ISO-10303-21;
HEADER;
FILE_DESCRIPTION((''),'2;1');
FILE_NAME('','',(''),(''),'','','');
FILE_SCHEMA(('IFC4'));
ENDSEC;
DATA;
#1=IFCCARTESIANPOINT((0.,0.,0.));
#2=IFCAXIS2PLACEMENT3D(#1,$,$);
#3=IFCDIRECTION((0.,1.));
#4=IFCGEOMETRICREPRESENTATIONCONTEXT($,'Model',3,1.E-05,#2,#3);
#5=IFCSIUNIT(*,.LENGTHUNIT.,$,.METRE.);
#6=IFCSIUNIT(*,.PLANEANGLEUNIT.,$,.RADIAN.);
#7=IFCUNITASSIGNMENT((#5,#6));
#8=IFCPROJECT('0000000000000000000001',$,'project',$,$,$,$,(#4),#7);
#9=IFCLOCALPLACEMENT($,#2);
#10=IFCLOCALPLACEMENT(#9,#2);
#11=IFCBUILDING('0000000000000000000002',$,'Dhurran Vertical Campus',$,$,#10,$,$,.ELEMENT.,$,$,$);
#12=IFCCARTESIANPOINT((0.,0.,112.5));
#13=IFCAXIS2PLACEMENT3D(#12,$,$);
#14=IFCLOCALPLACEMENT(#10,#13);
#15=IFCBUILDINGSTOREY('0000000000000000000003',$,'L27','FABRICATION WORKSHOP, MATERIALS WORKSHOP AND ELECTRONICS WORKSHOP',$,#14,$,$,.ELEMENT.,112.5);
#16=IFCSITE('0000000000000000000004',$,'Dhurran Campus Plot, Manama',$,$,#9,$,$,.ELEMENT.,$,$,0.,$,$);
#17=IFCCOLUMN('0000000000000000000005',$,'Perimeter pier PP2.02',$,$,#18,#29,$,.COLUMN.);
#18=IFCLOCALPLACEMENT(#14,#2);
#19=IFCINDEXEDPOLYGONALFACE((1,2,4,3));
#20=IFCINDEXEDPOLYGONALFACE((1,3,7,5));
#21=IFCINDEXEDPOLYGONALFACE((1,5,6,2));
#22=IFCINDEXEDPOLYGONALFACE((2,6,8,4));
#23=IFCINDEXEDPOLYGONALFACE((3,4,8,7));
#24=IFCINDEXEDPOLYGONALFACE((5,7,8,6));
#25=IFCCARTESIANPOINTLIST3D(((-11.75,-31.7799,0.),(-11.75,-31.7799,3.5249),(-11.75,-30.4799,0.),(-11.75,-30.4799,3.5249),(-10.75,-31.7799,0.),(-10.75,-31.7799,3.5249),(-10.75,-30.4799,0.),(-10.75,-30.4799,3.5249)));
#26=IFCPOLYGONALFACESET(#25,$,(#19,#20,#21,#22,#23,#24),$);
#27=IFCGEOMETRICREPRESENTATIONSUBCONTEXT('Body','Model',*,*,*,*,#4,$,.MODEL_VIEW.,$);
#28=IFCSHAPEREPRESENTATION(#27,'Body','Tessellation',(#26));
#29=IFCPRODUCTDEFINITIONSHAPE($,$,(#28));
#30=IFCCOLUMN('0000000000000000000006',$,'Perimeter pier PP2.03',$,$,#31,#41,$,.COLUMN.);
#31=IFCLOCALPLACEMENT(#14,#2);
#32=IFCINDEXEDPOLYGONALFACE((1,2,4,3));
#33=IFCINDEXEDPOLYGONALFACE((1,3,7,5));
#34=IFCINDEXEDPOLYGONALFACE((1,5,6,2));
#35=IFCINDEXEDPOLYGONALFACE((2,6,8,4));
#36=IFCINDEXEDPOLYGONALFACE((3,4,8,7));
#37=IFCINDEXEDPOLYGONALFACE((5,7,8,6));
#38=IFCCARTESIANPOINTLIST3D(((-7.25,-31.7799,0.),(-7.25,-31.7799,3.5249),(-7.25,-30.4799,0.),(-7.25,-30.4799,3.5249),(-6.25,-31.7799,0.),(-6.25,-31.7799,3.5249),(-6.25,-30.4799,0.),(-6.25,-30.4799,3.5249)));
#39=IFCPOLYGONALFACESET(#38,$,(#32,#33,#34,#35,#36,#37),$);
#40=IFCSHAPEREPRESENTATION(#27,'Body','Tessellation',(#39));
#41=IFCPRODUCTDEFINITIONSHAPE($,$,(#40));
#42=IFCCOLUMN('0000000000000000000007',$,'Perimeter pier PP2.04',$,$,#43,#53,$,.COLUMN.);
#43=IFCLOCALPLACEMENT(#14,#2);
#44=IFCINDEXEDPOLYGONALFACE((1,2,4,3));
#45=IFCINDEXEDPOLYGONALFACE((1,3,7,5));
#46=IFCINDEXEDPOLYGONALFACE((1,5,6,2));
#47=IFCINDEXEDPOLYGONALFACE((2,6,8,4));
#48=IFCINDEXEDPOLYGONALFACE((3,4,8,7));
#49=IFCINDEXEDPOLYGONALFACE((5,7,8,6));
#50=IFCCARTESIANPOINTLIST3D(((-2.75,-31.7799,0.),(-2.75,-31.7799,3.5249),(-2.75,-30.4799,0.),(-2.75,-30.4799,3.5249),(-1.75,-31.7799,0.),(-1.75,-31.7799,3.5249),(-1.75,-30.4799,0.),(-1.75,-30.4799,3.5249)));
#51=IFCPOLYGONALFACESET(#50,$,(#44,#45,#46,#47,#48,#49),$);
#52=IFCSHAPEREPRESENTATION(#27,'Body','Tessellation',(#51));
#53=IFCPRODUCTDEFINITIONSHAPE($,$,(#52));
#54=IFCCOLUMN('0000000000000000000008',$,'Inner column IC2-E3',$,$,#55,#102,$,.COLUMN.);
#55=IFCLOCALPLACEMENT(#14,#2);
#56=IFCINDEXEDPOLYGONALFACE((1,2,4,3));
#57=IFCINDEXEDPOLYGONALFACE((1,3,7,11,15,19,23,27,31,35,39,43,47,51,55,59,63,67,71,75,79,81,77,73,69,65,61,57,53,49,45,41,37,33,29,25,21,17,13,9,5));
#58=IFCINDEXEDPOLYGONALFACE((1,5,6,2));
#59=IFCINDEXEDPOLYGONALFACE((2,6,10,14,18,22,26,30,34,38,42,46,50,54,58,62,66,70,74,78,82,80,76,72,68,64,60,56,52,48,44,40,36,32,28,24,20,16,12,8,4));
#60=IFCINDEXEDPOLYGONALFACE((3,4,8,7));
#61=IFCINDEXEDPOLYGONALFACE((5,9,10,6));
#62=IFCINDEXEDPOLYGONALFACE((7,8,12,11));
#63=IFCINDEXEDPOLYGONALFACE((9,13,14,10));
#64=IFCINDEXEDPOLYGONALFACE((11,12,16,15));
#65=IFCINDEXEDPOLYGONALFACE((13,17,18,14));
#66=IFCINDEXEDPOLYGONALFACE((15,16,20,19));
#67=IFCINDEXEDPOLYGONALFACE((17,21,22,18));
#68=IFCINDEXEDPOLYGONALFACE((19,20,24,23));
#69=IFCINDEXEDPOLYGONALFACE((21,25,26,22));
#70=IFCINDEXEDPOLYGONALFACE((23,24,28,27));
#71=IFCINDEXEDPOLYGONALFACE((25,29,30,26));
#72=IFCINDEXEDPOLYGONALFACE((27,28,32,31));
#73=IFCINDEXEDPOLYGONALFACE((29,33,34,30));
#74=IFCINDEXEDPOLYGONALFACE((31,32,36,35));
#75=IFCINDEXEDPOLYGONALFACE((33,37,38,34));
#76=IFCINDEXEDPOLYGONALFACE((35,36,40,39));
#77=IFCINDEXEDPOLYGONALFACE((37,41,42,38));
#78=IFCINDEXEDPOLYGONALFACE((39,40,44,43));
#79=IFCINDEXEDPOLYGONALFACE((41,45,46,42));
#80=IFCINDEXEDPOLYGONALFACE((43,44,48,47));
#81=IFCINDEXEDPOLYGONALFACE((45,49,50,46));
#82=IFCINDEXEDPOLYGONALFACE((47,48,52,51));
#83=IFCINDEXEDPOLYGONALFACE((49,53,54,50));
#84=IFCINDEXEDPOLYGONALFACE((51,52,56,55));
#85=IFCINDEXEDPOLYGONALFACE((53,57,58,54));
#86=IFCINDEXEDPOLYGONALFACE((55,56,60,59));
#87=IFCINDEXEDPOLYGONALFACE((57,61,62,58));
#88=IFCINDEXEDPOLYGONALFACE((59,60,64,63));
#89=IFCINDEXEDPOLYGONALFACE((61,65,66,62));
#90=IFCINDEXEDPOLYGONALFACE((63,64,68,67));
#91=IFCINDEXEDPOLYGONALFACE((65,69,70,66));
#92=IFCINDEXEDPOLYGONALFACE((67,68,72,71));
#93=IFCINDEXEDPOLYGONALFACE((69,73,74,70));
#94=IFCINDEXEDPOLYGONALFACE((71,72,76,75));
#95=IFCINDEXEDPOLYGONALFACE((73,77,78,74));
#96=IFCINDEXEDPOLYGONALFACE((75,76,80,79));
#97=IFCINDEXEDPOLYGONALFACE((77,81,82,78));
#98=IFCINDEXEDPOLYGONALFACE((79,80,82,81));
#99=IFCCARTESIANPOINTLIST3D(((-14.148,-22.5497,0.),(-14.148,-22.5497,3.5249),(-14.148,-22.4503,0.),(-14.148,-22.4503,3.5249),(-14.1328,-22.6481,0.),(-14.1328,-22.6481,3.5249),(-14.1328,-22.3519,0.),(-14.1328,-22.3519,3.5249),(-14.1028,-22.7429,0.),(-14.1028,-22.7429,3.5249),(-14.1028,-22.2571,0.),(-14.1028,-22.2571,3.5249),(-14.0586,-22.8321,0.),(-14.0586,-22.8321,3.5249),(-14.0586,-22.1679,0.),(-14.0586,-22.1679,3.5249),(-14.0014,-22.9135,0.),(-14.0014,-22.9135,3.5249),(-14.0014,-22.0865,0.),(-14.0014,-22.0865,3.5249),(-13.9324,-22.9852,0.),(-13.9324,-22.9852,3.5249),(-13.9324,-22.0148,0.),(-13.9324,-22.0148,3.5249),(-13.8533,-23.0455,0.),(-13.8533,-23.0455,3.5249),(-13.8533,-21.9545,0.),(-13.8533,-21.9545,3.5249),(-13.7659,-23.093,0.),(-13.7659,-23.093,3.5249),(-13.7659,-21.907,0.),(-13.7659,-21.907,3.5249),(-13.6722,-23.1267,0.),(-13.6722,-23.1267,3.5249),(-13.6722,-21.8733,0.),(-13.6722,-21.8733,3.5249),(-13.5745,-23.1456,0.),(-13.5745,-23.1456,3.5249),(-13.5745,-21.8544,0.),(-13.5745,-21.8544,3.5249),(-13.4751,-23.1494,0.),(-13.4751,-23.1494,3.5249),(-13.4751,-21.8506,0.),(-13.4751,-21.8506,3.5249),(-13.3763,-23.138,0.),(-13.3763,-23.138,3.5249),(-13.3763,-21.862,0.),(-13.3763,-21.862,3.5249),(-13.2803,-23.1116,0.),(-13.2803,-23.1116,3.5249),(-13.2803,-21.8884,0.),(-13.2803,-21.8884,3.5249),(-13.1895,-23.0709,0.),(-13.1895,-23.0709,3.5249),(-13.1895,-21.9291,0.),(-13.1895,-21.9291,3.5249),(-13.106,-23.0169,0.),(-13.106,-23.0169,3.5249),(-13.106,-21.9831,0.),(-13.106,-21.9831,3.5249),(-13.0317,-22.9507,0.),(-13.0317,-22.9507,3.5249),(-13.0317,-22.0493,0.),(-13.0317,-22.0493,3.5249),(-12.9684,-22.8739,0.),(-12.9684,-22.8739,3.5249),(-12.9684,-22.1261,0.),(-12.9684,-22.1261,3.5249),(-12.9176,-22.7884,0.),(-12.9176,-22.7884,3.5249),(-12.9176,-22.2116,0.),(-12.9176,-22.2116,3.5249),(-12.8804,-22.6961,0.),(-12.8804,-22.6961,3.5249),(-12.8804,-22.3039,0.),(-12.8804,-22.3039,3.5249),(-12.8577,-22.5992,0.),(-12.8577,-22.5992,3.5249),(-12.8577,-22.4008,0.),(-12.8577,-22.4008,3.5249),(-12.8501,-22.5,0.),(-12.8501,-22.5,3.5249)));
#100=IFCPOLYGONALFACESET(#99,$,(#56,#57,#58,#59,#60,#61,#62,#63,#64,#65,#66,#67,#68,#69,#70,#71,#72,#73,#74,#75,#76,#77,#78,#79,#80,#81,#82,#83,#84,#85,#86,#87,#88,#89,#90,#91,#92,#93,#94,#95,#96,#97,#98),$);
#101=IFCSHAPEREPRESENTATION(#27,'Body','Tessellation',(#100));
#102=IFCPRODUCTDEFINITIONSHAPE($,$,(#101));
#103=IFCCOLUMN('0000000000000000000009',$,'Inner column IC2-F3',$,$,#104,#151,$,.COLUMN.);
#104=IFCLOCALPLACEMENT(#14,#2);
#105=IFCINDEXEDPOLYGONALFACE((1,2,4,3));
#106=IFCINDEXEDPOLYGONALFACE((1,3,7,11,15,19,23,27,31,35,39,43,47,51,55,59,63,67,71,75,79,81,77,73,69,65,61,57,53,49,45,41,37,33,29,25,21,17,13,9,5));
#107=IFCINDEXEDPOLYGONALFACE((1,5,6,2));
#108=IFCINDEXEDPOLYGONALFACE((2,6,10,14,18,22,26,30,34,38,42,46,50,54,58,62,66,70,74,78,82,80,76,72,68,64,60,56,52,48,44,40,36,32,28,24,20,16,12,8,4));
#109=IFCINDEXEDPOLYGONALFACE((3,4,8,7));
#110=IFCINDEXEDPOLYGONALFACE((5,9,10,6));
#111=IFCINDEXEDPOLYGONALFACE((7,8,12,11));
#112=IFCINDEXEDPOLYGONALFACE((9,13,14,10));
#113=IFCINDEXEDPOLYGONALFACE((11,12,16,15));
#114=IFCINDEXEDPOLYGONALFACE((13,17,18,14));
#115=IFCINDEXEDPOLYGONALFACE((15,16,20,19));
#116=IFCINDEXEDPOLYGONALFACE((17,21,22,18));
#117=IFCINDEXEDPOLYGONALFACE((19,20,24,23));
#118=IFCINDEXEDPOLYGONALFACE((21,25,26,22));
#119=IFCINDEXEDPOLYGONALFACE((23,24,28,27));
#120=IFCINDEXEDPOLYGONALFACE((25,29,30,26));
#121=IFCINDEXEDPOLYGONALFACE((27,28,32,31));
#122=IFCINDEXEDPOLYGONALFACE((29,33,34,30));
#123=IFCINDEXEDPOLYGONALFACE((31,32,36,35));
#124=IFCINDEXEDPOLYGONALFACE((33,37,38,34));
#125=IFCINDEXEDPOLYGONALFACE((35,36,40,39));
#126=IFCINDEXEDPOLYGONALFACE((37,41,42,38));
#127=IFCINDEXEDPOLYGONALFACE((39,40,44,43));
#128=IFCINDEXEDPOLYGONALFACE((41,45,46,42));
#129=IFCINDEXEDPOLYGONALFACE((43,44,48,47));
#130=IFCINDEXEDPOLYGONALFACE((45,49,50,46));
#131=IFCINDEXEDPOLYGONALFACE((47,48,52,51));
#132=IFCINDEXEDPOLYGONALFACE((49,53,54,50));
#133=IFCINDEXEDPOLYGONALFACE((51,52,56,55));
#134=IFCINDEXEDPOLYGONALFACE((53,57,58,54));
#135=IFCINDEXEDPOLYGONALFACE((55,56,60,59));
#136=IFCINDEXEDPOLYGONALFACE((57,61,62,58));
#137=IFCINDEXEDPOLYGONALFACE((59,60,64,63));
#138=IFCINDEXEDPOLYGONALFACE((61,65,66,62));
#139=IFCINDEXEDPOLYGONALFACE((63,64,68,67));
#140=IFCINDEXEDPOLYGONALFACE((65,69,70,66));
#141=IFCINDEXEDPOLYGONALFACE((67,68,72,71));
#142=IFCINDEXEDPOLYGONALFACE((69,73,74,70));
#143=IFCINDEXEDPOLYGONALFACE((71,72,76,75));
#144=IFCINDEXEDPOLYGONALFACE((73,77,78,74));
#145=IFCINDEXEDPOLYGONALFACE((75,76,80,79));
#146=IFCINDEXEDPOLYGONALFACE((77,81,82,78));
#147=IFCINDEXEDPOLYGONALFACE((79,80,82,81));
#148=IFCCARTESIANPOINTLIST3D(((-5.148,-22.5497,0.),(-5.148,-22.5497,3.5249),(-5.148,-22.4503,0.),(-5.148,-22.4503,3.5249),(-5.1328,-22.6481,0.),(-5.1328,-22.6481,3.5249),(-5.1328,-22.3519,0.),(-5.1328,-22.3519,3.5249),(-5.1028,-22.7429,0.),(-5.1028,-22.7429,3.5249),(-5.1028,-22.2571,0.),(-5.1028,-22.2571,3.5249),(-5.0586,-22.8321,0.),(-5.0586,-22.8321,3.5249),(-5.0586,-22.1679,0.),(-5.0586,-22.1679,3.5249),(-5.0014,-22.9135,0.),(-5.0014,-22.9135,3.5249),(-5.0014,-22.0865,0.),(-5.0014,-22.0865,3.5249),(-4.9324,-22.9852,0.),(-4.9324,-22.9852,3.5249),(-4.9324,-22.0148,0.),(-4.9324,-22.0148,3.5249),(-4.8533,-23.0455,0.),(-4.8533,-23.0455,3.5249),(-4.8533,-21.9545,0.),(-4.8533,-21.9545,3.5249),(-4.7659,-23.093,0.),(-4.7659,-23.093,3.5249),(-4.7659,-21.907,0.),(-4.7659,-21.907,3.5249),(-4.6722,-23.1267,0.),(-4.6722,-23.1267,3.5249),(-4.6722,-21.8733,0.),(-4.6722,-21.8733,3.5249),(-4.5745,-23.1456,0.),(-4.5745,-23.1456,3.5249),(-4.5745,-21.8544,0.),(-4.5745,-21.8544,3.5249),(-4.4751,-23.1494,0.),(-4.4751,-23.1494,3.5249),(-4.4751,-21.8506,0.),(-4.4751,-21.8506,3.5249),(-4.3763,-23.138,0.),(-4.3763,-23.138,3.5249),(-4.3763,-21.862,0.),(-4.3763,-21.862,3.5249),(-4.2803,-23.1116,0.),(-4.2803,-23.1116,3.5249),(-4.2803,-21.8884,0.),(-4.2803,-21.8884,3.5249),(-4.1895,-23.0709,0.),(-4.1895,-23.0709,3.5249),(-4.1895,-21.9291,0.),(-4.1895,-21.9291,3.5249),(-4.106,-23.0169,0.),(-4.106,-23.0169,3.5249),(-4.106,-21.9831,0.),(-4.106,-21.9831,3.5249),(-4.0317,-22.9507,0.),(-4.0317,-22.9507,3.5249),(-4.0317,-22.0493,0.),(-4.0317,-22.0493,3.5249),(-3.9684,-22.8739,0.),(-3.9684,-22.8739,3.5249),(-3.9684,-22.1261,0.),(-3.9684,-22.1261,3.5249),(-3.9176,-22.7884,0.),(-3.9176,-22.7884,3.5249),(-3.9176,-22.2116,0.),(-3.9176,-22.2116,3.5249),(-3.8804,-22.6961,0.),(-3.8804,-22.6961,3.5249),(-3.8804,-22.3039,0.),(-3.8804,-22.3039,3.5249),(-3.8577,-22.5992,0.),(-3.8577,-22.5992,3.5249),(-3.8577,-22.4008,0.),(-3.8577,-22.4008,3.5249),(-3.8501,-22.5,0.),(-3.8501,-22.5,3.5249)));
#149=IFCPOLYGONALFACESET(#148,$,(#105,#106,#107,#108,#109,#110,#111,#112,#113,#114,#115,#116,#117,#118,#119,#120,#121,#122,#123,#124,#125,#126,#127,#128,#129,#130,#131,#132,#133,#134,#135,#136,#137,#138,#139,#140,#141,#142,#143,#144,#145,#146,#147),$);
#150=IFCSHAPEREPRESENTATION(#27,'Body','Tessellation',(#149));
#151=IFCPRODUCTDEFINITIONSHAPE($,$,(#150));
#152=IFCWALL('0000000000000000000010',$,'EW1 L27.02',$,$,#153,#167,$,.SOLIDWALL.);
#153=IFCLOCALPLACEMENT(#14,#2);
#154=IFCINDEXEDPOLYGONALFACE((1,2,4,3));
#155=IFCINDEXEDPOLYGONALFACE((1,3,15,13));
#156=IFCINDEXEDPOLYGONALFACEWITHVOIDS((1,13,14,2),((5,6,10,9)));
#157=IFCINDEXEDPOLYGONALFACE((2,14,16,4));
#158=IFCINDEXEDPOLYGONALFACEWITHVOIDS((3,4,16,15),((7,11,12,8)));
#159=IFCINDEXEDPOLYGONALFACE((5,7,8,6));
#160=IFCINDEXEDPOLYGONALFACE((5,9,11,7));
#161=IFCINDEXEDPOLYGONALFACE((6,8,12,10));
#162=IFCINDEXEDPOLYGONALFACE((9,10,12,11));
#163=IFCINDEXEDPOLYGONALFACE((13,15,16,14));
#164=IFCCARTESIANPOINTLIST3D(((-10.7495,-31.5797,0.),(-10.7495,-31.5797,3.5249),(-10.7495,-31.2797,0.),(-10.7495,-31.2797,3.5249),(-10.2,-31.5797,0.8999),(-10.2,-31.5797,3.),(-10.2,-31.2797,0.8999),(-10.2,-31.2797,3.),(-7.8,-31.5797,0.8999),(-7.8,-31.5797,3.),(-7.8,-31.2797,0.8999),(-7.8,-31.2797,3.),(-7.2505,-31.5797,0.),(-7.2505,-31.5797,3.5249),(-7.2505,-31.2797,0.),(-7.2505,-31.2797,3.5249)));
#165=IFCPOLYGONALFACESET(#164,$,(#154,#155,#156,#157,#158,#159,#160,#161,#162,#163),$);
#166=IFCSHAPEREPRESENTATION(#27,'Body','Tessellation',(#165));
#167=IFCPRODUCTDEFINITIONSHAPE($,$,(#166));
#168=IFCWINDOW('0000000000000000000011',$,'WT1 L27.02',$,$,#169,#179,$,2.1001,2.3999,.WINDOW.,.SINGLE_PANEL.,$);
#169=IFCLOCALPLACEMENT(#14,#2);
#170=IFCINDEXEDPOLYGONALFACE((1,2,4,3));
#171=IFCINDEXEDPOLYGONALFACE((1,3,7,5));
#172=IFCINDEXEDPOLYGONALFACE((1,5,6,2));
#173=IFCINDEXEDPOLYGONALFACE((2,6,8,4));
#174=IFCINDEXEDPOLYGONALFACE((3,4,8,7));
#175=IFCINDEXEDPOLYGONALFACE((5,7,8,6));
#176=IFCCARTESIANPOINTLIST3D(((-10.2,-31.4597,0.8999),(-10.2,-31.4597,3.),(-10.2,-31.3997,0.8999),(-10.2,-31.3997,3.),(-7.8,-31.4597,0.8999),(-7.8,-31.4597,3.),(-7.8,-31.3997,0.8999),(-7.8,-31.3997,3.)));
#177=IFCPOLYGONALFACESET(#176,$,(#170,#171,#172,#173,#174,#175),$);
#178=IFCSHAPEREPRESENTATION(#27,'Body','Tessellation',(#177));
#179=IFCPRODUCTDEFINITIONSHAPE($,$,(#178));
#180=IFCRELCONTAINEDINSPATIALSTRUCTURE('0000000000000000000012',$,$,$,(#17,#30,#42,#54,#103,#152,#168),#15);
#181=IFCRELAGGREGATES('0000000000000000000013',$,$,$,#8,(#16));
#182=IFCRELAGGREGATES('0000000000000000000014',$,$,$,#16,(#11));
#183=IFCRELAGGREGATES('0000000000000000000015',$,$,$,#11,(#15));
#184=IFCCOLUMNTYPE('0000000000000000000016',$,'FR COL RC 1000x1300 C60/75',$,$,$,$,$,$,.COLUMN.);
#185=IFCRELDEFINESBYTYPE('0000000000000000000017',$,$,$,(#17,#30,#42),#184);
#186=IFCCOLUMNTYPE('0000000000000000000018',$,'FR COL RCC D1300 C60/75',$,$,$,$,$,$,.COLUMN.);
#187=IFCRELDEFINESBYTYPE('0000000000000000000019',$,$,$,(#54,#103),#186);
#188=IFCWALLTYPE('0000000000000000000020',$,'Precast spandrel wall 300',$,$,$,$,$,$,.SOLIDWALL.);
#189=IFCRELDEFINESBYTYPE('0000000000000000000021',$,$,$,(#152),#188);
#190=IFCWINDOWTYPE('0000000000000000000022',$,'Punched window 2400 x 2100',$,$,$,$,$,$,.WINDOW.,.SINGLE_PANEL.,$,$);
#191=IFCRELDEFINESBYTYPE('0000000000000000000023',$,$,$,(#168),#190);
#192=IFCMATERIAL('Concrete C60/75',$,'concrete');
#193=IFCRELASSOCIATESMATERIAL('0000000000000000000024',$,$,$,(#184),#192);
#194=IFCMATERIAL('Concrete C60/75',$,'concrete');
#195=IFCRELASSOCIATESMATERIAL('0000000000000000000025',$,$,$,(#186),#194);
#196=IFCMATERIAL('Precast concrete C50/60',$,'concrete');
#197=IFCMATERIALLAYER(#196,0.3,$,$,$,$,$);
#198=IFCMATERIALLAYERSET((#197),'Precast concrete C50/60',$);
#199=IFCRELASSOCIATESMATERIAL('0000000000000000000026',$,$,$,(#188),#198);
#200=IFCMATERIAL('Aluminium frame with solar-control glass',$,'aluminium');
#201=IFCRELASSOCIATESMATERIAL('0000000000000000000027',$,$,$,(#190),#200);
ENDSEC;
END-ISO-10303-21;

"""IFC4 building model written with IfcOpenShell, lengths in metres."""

from ifc_helpers import new_model, si_unit, direction, frame, frame_2d, origin, origin_2d, place, context, subcontext, project, spatial, rectangle, circle, extrude, material, layer, layer_set, material_profile, profile_set, type_object, element, fill, save


model = new_model("IFC4")

# Units and contexts
model_context = context("Model", 3, precision=1e-05, world=origin(), true_north=direction((0.0, 1.0)))
body_context = subcontext(model_context, "Body", "Model", "MODEL_VIEW")
ifc_project = project(units=[si_unit("LENGTHUNIT", "METRE"), si_unit("PLANEANGLEUNIT", "RADIAN")], contexts=[model_context])

# Site, building, storey
site_placement = place(None, origin())
site = spatial("IfcSite", under=ifc_project, at=site_placement, Name="Dhurran Campus Plot, Manama", CompositionType="ELEMENT", RefElevation=0.0)
building_placement = place(site_placement, origin())
building = spatial("IfcBuilding", under=site, at=building_placement, Name="Dhurran Vertical Campus", CompositionType="ELEMENT")
storey_placement = place(building_placement, frame((0.0, 0.0, 112.5)))
storey = spatial("IfcBuildingStorey", under=building, at=storey_placement, Name="L27", Description="FABRICATION WORKSHOP, MATERIALS WORKSHOP AND ELECTRONICS WORKSHOP", CompositionType="ELEMENT", Elevation=112.5)

# Columns
ifc_material_1 = material(Name="Concrete C60/75", Category="concrete")
ifc_material_profile_1 = material_profile(ifc_material_1, rectangle(XDim=1.0, YDim=1.3, at=origin_2d()), Name="RC 1000x1300")
ifc_profile_set_1 = profile_set([ifc_material_profile_1], Name="Concrete C60/75")
column_type_1 = type_object("IfcColumnType", Name="FR COL RC 1000x1300 C60/75", PredefinedType="COLUMN", material=ifc_profile_set_1)
for number, where, z_axis, x_axis, name in (
    (1, (-11.25, -31.1299, 0.0), (0.0, 0.0, 1.0), (1.0, 0.0, 0.0), "Perimeter pier PP2.02"),
    (2, (-6.75, -31.1299, 0.0), (0.0, 0.0, 1.0), (1.0, 0.0, 0.0), "Perimeter pier PP2.03"),
    (3, (-2.25, -31.1299, 0.0), (0.0, 0.0, 1.0), (1.0, 0.0, 0.0), "Perimeter pier PP2.04"),
):
    element("IfcColumn", number, at=place(storey_placement, frame(where, z_axis=z_axis, x_axis=x_axis)), inside=storey, type_object=column_type_1, Name=name, PredefinedType="COLUMN", context=body_context, shape_type="SweptSolid", body=[
        extrude(rectangle(XDim=1.0, YDim=1.3, at=origin_2d()), origin(), (0.0, 0.0, 1.0), 3.5249),
    ])
ifc_material_2 = material(Name="Concrete C60/75", Category="concrete")
ifc_material_profile_2 = material_profile(ifc_material_2, circle(Radius=0.6499, at=origin_2d()), Name="RCC D1300")
ifc_profile_set_2 = profile_set([ifc_material_profile_2], Name="Concrete C60/75")
column_type_2 = type_object("IfcColumnType", Name="FR COL RCC D1300 C60/75", PredefinedType="COLUMN", material=ifc_profile_set_2)
for number, where, z_axis, x_axis, name in (
    (4, (-13.5, -22.5, 0.0), (0.0, 0.0, 1.0), (1.0, 0.0, 0.0), "Inner column IC2-E3"),
    (5, (-4.5, -22.5, 0.0), (0.0, 0.0, 1.0), (1.0, 0.0, 0.0), "Inner column IC2-F3"),
):
    element("IfcColumn", number, at=place(storey_placement, frame(where, z_axis=z_axis, x_axis=x_axis)), inside=storey, type_object=column_type_2, Name=name, PredefinedType="COLUMN", context=body_context, shape_type="SweptSolid", body=[
        extrude(circle(Radius=0.6499, at=origin_2d()), origin(), (0.0, 0.0, 1.0), 3.5249),
    ])

# Wall, opening, window
ifc_material_3 = material(Name="Precast concrete C50/60", Category="concrete")
ifc_layer_1 = layer(ifc_material_3, 0.3)
ifc_layer_set_1 = layer_set([ifc_layer_1], Name="Precast concrete C50/60")
wall_type_1 = type_object("IfcWallType", Name="Precast spandrel wall 300", PredefinedType="SOLIDWALL", material=ifc_layer_set_1)
wall_1_placement = place(storey_placement, frame((-10.7495, -31.4297, 0.0), z_axis=(0.0, 0.0, 1.0), x_axis=(1.0, 0.0, 0.0)))
wall_1 = element("IfcWall", 6, at=wall_1_placement, inside=storey, type_object=wall_type_1, Name="EW1 L27.02", PredefinedType="SOLIDWALL", context=body_context, shape_type="SweptSolid", body=[
    extrude(rectangle(XDim=3.499, YDim=0.3, at=frame_2d((1.7495, 0.0))), origin(), (0.0, 0.0, 1.0), 3.5249),
])
opening_1_placement = place(wall_1_placement, frame((0.5496, 0.0, 0.8999)))
opening_1 = element("IfcOpeningElement", 7, at=opening_1_placement, cuts=wall_1, PredefinedType="OPENING", context=body_context, shape_type="SweptSolid", body=[
    extrude(rectangle(XDim=2.3999, YDim=2.1001, at=frame_2d((1.2, 1.05))), frame((0.0, 0.1599, 0.0), z_axis=(0.0, -1.0, 0.0), x_axis=(1.0, 0.0, 0.0)), (0.0, 0.0, 1.0), 0.3201),
])
ifc_material_4 = material(Name="Aluminium frame with solar-control glass", Category="aluminium")
window_type = type_object("IfcWindowType", Name="Punched window 2400 x 2100", PartitioningType="SINGLE_PANEL", PredefinedType="WINDOW", material=ifc_material_4)
window_1_placement = place(opening_1_placement, origin())
window_1 = element("IfcWindow", 8, at=window_1_placement, inside=storey, type_object=window_type, Name="WT1 L27.02", OverallHeight=2.1001, OverallWidth=2.3999, PartitioningType="SINGLE_PANEL", PredefinedType="WINDOW", context=body_context, shape_type="SweptSolid", body=[
    extrude(rectangle(XDim=2.3999, YDim=2.1001, at=frame_2d((1.2, 1.05))), frame((0.0, 0.03, 0.0), z_axis=(0.0, -1.0, 0.0), x_axis=(1.0, 0.0, 0.0)), (0.0, 0.0, 1.0), 0.0601),
])
fill(opening_1, window_1)

save(model, "model.ifc")
